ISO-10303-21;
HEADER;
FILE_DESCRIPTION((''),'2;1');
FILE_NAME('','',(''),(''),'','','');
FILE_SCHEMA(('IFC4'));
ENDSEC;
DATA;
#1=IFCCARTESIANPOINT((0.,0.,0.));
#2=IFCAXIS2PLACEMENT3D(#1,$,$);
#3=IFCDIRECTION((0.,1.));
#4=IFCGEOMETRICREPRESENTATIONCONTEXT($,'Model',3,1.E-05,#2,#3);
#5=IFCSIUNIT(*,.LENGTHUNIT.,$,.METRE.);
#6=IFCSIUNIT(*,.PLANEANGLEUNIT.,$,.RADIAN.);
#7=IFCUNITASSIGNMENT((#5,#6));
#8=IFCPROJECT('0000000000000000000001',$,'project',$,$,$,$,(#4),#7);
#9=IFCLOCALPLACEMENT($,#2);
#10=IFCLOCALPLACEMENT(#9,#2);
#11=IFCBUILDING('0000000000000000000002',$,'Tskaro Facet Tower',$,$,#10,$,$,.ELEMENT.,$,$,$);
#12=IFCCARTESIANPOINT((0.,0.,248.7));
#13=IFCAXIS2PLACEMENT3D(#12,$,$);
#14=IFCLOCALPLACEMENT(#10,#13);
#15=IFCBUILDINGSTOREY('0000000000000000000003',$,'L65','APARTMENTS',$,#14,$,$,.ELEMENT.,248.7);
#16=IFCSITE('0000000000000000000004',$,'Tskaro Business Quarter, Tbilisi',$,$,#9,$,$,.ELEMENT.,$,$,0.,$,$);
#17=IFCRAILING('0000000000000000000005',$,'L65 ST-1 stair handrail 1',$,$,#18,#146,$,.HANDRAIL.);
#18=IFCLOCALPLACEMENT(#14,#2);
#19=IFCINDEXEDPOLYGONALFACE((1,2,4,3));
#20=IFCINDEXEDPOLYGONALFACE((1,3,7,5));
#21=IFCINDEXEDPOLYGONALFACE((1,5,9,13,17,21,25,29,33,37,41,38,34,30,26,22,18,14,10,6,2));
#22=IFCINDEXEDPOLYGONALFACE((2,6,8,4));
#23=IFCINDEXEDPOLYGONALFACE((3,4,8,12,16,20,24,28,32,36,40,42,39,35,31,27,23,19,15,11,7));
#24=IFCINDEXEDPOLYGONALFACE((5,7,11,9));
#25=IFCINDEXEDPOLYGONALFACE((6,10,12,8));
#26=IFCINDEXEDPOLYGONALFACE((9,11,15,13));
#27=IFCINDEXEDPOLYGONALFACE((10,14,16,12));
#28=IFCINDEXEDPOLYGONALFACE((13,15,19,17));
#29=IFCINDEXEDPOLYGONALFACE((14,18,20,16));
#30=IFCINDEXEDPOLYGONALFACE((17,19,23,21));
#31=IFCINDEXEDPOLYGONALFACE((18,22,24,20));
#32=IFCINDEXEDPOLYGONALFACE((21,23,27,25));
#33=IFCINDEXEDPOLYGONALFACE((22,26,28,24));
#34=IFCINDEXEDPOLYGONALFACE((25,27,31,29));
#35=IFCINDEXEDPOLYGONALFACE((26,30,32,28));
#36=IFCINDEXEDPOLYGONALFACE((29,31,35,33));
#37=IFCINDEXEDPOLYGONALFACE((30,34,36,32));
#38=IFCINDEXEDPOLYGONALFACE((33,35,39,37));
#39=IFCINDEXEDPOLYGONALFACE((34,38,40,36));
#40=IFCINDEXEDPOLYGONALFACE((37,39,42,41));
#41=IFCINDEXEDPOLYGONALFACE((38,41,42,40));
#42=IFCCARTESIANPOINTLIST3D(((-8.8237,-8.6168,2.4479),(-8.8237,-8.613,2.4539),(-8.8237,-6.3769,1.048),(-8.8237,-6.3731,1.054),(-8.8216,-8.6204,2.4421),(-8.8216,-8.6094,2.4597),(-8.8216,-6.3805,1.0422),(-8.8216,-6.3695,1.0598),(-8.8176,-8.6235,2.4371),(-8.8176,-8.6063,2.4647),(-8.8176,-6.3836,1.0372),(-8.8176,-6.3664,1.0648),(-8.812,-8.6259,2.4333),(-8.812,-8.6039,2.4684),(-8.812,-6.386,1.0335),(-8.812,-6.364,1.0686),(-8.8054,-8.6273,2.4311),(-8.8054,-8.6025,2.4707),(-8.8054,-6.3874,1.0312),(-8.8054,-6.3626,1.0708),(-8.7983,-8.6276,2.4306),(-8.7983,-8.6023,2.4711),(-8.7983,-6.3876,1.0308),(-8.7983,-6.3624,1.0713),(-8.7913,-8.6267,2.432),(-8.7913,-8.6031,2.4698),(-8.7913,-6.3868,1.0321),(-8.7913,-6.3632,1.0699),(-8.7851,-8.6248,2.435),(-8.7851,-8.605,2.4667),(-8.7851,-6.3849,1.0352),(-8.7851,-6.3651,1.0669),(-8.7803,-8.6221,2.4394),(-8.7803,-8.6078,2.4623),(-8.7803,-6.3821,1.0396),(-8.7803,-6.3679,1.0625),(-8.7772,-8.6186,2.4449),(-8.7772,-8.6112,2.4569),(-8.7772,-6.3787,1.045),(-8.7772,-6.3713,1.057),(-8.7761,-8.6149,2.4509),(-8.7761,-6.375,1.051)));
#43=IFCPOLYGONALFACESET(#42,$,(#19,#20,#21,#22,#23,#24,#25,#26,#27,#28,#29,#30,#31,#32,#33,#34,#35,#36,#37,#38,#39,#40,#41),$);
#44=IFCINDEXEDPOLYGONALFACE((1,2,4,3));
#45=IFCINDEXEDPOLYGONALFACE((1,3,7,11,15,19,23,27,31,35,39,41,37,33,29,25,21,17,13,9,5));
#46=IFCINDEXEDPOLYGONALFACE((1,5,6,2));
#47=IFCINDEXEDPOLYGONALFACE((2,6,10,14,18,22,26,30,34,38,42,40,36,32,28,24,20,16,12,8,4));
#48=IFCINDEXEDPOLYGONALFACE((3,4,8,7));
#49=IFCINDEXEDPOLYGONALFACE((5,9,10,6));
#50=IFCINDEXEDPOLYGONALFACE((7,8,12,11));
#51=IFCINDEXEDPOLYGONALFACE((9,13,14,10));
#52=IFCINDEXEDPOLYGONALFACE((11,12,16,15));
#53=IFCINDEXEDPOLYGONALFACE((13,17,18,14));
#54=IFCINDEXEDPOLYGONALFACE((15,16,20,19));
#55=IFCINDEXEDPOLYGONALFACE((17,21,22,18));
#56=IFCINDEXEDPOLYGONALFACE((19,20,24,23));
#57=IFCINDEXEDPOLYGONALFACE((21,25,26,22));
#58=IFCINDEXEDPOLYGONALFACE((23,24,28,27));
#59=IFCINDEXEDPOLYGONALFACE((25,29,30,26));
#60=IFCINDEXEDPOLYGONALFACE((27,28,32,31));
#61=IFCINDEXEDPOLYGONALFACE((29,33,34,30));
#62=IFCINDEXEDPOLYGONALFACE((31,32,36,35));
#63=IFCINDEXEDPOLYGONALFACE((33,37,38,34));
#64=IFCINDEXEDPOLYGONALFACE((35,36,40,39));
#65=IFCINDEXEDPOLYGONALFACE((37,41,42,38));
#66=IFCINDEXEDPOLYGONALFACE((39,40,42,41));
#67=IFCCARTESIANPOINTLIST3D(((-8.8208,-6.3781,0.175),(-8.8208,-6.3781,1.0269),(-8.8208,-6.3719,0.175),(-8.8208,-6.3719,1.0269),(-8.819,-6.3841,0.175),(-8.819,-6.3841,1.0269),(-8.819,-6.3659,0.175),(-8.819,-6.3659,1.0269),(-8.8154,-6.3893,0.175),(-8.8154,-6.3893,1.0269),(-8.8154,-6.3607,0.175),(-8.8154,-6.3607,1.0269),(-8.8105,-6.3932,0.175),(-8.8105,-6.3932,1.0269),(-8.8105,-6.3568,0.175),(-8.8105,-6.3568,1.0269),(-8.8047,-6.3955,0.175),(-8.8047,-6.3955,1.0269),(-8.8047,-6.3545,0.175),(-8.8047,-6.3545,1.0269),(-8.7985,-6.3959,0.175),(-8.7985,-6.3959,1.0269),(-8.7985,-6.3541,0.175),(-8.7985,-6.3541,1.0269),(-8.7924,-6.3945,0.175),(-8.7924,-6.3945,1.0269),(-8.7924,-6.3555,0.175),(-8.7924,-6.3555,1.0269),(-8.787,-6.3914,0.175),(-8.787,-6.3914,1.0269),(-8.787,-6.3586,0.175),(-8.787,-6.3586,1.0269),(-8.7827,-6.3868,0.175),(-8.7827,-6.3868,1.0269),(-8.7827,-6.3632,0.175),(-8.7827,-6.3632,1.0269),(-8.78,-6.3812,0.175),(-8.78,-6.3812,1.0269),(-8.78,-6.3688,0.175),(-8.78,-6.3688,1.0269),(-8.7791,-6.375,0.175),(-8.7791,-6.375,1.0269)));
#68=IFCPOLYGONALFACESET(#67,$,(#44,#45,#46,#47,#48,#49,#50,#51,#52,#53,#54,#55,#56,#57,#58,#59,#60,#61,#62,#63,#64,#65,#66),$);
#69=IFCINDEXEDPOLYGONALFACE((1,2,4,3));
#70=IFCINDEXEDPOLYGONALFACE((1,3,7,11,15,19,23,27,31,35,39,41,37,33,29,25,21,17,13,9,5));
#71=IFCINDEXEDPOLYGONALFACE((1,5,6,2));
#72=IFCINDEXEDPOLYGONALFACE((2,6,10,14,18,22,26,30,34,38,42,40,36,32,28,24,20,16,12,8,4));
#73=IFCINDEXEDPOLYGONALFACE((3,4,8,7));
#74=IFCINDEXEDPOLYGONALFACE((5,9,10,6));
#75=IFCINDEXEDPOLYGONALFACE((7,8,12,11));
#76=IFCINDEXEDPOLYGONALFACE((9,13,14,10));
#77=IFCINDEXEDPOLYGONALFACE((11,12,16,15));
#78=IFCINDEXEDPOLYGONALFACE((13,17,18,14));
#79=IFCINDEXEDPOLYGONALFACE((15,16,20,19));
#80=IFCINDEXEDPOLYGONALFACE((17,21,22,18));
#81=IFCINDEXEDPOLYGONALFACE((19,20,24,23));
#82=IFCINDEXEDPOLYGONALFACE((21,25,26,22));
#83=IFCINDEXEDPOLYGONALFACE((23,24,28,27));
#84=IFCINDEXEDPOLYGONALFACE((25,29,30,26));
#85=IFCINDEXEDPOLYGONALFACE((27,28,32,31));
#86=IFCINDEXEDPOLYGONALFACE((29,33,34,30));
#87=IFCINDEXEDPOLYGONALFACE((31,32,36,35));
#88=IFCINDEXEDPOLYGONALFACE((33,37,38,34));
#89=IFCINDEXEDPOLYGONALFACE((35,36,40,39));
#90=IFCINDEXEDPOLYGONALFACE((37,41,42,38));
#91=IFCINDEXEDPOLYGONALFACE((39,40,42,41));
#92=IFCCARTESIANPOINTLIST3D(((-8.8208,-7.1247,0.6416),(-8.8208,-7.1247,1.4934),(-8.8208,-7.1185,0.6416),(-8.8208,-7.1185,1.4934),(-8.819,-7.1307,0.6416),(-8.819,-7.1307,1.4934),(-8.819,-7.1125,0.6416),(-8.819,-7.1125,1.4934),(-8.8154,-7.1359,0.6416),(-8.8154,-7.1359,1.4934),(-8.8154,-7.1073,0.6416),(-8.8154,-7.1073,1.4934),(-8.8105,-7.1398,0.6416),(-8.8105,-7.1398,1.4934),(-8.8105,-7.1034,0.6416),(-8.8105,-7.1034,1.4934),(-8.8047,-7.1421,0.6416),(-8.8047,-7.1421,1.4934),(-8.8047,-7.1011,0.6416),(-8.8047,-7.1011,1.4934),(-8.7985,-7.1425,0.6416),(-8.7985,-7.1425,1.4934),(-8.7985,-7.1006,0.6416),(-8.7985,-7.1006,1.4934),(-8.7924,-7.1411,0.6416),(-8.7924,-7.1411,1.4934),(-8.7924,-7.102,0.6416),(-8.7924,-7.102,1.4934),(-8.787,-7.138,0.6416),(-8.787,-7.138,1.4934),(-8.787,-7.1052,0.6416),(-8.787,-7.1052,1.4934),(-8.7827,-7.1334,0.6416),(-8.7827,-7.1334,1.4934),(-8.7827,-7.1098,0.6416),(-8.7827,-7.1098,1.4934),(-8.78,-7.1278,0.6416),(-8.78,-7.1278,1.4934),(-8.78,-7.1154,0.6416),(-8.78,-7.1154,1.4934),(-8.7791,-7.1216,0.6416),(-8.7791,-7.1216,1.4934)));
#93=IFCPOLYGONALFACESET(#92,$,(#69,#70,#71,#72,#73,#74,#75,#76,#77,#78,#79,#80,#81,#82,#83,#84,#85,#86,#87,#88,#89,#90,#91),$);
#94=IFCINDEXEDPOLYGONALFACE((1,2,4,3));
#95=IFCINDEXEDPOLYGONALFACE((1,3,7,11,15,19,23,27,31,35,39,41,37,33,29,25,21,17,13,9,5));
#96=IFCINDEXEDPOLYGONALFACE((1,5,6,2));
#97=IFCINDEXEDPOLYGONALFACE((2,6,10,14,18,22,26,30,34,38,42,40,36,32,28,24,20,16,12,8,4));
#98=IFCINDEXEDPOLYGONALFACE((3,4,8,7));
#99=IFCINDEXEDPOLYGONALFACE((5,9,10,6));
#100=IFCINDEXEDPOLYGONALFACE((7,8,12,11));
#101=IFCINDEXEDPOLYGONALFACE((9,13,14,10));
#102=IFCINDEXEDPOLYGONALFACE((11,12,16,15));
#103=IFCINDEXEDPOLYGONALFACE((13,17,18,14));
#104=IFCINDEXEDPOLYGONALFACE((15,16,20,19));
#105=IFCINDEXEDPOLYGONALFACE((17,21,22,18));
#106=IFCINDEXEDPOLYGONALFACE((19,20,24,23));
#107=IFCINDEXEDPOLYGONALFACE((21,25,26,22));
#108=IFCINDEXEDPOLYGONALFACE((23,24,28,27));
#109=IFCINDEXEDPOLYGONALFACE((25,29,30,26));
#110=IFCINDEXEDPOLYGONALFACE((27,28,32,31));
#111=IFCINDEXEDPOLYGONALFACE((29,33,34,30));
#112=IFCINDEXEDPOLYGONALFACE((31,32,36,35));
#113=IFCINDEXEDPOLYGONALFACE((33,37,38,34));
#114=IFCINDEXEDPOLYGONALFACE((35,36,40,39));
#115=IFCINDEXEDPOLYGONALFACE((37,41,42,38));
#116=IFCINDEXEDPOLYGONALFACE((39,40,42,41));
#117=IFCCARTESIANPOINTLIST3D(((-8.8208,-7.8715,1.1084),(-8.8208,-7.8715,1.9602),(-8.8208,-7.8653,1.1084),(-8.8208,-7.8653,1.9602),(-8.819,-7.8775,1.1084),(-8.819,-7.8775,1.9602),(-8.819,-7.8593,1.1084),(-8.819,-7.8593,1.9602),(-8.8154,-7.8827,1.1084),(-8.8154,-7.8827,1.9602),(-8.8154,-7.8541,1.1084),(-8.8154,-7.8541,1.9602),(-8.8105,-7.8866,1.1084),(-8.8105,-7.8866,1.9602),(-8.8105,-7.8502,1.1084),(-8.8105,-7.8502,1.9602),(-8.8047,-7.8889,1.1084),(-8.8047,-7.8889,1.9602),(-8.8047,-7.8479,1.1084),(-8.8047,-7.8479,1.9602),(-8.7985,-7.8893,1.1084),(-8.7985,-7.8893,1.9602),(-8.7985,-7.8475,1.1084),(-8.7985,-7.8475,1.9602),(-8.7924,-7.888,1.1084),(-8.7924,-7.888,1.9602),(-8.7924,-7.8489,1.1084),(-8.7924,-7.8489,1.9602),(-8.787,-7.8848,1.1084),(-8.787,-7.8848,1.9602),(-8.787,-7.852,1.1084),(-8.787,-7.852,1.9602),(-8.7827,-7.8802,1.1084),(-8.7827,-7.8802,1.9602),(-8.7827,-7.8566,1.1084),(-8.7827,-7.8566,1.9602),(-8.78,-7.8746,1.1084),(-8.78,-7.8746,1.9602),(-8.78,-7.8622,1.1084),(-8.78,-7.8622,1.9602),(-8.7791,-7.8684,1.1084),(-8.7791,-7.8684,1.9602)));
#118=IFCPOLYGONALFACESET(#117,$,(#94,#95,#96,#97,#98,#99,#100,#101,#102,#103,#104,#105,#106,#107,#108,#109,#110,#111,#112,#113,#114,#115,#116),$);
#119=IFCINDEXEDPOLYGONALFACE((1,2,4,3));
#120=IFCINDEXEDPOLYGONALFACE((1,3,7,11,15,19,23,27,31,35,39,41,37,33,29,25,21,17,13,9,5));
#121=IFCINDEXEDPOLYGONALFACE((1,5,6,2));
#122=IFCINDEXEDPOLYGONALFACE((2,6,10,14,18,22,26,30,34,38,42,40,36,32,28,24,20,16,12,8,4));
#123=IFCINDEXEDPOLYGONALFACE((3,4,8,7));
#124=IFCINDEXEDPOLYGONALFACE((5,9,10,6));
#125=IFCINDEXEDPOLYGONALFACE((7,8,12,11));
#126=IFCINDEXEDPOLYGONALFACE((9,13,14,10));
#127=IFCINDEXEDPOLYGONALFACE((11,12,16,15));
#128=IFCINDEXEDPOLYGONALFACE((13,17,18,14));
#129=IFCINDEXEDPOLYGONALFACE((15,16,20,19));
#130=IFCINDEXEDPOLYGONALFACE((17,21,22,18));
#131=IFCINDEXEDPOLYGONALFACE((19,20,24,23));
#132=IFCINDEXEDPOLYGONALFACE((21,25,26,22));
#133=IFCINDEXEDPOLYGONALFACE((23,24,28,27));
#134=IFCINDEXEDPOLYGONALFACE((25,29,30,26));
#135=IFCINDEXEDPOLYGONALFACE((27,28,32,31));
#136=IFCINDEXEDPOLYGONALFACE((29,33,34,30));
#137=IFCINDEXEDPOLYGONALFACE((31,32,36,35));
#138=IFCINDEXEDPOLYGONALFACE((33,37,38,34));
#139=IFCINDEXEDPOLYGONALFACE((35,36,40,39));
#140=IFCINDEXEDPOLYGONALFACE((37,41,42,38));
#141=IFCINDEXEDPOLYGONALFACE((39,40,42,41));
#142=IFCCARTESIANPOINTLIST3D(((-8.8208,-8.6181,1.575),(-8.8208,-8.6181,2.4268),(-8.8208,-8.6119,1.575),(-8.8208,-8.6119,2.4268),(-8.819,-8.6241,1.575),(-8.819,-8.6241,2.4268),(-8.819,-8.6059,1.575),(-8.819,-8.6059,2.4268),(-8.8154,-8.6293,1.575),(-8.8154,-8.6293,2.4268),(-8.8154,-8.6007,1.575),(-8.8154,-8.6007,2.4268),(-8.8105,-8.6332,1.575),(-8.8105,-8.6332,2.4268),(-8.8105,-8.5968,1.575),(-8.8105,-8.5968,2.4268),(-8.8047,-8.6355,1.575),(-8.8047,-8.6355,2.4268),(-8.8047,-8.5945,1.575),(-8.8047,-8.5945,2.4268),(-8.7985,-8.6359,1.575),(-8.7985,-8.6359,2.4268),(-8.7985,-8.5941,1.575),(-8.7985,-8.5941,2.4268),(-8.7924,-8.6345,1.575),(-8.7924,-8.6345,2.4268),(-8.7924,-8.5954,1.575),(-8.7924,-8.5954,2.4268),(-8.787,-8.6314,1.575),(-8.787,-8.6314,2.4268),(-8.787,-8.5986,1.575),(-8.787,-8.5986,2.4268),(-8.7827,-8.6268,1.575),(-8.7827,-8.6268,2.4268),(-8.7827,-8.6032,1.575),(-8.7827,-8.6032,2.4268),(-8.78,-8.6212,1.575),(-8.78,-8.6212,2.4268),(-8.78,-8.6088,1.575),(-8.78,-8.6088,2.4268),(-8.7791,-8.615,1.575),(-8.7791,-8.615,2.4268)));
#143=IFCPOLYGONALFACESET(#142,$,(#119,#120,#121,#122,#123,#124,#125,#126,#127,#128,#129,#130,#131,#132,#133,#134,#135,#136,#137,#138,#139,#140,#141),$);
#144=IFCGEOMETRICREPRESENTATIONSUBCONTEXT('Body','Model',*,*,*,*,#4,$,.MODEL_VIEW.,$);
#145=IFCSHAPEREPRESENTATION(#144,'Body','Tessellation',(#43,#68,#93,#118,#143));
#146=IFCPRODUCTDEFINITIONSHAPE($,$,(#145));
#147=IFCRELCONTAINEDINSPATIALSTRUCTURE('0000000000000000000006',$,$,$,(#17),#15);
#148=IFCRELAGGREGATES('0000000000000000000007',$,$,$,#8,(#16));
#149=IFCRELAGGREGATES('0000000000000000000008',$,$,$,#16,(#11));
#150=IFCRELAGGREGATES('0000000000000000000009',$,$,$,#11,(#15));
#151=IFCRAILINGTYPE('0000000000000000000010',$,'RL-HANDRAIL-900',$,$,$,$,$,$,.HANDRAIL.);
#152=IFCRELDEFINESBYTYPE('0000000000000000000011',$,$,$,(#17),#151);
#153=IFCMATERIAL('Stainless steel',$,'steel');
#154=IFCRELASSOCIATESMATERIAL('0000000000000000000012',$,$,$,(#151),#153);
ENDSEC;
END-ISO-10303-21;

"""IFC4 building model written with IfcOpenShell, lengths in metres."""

from ifc_helpers import new_model, si_unit, direction, frame, origin, origin_2d, place, context, subcontext, project, spatial, circle, extrude, material, type_object, element, save


model = new_model("IFC4")

# Units and contexts
model_context = context("Model", 3, precision=1e-05, world=origin(), true_north=direction((0.0, 1.0)))
body_context = subcontext(model_context, "Body", "Model", "MODEL_VIEW")
ifc_project = project(units=[si_unit("LENGTHUNIT", "METRE"), si_unit("PLANEANGLEUNIT", "RADIAN")], contexts=[model_context])

# Site, building, storey
site_placement = place(None, origin())
site = spatial("IfcSite", under=ifc_project, at=site_placement, Name="Tskaro Business Quarter, Tbilisi", CompositionType="ELEMENT", RefElevation=0.0)
building_placement = place(site_placement, origin())
building = spatial("IfcBuilding", under=site, at=building_placement, Name="Tskaro Facet Tower", CompositionType="ELEMENT")
storey_placement = place(building_placement, frame((0.0, 0.0, 248.7)))
storey = spatial("IfcBuildingStorey", under=building, at=storey_placement, Name="L65", Description="APARTMENTS", CompositionType="ELEMENT", Elevation=248.7)

# Shared definitions
ifc_material_1 = material(Name="Stainless steel", Category="steel")

# Railing
railing_type_1 = type_object("IfcRailingType", Name="RL-HANDRAIL-900", PredefinedType="HANDRAIL", material=ifc_material_1)
railing_1_placement = place(storey_placement, frame((-8.8, -6.375, 0.175)))
element("IfcRailing", 1, at=railing_1_placement, inside=storey, type_object=railing_type_1, Name="L65 ST-1 stair handrail 1", PredefinedType="HANDRAIL", context=body_context, shape_type="SweptSolid", body=[
    extrude(circle(Radius=0.0239, at=origin_2d()), frame((0.0, 0.0, 0.876), z_axis=(0.0, -0.848014, 0.529974), x_axis=(1.0, 0.0, 0.0)), (0.0, 0.0, 1.0), 2.6414),
    extrude(circle(Radius=0.021, at=origin_2d()), origin(), (0.0, 0.0, 1.0), 0.8518),
    extrude(circle(Radius=0.021, at=origin_2d()), frame((0.0, -0.7466, 0.4666)), (0.0, 0.0, 1.0), 0.8518),
    extrude(circle(Radius=0.021, at=origin_2d()), frame((0.0, -1.4934, 0.9333)), (0.0, 0.0, 1.0), 0.8518),
    extrude(circle(Radius=0.021, at=origin_2d()), frame((0.0, -2.24, 1.3999)), (0.0, 0.0, 1.0), 0.8518),
])

save(model, "model.ifc")
